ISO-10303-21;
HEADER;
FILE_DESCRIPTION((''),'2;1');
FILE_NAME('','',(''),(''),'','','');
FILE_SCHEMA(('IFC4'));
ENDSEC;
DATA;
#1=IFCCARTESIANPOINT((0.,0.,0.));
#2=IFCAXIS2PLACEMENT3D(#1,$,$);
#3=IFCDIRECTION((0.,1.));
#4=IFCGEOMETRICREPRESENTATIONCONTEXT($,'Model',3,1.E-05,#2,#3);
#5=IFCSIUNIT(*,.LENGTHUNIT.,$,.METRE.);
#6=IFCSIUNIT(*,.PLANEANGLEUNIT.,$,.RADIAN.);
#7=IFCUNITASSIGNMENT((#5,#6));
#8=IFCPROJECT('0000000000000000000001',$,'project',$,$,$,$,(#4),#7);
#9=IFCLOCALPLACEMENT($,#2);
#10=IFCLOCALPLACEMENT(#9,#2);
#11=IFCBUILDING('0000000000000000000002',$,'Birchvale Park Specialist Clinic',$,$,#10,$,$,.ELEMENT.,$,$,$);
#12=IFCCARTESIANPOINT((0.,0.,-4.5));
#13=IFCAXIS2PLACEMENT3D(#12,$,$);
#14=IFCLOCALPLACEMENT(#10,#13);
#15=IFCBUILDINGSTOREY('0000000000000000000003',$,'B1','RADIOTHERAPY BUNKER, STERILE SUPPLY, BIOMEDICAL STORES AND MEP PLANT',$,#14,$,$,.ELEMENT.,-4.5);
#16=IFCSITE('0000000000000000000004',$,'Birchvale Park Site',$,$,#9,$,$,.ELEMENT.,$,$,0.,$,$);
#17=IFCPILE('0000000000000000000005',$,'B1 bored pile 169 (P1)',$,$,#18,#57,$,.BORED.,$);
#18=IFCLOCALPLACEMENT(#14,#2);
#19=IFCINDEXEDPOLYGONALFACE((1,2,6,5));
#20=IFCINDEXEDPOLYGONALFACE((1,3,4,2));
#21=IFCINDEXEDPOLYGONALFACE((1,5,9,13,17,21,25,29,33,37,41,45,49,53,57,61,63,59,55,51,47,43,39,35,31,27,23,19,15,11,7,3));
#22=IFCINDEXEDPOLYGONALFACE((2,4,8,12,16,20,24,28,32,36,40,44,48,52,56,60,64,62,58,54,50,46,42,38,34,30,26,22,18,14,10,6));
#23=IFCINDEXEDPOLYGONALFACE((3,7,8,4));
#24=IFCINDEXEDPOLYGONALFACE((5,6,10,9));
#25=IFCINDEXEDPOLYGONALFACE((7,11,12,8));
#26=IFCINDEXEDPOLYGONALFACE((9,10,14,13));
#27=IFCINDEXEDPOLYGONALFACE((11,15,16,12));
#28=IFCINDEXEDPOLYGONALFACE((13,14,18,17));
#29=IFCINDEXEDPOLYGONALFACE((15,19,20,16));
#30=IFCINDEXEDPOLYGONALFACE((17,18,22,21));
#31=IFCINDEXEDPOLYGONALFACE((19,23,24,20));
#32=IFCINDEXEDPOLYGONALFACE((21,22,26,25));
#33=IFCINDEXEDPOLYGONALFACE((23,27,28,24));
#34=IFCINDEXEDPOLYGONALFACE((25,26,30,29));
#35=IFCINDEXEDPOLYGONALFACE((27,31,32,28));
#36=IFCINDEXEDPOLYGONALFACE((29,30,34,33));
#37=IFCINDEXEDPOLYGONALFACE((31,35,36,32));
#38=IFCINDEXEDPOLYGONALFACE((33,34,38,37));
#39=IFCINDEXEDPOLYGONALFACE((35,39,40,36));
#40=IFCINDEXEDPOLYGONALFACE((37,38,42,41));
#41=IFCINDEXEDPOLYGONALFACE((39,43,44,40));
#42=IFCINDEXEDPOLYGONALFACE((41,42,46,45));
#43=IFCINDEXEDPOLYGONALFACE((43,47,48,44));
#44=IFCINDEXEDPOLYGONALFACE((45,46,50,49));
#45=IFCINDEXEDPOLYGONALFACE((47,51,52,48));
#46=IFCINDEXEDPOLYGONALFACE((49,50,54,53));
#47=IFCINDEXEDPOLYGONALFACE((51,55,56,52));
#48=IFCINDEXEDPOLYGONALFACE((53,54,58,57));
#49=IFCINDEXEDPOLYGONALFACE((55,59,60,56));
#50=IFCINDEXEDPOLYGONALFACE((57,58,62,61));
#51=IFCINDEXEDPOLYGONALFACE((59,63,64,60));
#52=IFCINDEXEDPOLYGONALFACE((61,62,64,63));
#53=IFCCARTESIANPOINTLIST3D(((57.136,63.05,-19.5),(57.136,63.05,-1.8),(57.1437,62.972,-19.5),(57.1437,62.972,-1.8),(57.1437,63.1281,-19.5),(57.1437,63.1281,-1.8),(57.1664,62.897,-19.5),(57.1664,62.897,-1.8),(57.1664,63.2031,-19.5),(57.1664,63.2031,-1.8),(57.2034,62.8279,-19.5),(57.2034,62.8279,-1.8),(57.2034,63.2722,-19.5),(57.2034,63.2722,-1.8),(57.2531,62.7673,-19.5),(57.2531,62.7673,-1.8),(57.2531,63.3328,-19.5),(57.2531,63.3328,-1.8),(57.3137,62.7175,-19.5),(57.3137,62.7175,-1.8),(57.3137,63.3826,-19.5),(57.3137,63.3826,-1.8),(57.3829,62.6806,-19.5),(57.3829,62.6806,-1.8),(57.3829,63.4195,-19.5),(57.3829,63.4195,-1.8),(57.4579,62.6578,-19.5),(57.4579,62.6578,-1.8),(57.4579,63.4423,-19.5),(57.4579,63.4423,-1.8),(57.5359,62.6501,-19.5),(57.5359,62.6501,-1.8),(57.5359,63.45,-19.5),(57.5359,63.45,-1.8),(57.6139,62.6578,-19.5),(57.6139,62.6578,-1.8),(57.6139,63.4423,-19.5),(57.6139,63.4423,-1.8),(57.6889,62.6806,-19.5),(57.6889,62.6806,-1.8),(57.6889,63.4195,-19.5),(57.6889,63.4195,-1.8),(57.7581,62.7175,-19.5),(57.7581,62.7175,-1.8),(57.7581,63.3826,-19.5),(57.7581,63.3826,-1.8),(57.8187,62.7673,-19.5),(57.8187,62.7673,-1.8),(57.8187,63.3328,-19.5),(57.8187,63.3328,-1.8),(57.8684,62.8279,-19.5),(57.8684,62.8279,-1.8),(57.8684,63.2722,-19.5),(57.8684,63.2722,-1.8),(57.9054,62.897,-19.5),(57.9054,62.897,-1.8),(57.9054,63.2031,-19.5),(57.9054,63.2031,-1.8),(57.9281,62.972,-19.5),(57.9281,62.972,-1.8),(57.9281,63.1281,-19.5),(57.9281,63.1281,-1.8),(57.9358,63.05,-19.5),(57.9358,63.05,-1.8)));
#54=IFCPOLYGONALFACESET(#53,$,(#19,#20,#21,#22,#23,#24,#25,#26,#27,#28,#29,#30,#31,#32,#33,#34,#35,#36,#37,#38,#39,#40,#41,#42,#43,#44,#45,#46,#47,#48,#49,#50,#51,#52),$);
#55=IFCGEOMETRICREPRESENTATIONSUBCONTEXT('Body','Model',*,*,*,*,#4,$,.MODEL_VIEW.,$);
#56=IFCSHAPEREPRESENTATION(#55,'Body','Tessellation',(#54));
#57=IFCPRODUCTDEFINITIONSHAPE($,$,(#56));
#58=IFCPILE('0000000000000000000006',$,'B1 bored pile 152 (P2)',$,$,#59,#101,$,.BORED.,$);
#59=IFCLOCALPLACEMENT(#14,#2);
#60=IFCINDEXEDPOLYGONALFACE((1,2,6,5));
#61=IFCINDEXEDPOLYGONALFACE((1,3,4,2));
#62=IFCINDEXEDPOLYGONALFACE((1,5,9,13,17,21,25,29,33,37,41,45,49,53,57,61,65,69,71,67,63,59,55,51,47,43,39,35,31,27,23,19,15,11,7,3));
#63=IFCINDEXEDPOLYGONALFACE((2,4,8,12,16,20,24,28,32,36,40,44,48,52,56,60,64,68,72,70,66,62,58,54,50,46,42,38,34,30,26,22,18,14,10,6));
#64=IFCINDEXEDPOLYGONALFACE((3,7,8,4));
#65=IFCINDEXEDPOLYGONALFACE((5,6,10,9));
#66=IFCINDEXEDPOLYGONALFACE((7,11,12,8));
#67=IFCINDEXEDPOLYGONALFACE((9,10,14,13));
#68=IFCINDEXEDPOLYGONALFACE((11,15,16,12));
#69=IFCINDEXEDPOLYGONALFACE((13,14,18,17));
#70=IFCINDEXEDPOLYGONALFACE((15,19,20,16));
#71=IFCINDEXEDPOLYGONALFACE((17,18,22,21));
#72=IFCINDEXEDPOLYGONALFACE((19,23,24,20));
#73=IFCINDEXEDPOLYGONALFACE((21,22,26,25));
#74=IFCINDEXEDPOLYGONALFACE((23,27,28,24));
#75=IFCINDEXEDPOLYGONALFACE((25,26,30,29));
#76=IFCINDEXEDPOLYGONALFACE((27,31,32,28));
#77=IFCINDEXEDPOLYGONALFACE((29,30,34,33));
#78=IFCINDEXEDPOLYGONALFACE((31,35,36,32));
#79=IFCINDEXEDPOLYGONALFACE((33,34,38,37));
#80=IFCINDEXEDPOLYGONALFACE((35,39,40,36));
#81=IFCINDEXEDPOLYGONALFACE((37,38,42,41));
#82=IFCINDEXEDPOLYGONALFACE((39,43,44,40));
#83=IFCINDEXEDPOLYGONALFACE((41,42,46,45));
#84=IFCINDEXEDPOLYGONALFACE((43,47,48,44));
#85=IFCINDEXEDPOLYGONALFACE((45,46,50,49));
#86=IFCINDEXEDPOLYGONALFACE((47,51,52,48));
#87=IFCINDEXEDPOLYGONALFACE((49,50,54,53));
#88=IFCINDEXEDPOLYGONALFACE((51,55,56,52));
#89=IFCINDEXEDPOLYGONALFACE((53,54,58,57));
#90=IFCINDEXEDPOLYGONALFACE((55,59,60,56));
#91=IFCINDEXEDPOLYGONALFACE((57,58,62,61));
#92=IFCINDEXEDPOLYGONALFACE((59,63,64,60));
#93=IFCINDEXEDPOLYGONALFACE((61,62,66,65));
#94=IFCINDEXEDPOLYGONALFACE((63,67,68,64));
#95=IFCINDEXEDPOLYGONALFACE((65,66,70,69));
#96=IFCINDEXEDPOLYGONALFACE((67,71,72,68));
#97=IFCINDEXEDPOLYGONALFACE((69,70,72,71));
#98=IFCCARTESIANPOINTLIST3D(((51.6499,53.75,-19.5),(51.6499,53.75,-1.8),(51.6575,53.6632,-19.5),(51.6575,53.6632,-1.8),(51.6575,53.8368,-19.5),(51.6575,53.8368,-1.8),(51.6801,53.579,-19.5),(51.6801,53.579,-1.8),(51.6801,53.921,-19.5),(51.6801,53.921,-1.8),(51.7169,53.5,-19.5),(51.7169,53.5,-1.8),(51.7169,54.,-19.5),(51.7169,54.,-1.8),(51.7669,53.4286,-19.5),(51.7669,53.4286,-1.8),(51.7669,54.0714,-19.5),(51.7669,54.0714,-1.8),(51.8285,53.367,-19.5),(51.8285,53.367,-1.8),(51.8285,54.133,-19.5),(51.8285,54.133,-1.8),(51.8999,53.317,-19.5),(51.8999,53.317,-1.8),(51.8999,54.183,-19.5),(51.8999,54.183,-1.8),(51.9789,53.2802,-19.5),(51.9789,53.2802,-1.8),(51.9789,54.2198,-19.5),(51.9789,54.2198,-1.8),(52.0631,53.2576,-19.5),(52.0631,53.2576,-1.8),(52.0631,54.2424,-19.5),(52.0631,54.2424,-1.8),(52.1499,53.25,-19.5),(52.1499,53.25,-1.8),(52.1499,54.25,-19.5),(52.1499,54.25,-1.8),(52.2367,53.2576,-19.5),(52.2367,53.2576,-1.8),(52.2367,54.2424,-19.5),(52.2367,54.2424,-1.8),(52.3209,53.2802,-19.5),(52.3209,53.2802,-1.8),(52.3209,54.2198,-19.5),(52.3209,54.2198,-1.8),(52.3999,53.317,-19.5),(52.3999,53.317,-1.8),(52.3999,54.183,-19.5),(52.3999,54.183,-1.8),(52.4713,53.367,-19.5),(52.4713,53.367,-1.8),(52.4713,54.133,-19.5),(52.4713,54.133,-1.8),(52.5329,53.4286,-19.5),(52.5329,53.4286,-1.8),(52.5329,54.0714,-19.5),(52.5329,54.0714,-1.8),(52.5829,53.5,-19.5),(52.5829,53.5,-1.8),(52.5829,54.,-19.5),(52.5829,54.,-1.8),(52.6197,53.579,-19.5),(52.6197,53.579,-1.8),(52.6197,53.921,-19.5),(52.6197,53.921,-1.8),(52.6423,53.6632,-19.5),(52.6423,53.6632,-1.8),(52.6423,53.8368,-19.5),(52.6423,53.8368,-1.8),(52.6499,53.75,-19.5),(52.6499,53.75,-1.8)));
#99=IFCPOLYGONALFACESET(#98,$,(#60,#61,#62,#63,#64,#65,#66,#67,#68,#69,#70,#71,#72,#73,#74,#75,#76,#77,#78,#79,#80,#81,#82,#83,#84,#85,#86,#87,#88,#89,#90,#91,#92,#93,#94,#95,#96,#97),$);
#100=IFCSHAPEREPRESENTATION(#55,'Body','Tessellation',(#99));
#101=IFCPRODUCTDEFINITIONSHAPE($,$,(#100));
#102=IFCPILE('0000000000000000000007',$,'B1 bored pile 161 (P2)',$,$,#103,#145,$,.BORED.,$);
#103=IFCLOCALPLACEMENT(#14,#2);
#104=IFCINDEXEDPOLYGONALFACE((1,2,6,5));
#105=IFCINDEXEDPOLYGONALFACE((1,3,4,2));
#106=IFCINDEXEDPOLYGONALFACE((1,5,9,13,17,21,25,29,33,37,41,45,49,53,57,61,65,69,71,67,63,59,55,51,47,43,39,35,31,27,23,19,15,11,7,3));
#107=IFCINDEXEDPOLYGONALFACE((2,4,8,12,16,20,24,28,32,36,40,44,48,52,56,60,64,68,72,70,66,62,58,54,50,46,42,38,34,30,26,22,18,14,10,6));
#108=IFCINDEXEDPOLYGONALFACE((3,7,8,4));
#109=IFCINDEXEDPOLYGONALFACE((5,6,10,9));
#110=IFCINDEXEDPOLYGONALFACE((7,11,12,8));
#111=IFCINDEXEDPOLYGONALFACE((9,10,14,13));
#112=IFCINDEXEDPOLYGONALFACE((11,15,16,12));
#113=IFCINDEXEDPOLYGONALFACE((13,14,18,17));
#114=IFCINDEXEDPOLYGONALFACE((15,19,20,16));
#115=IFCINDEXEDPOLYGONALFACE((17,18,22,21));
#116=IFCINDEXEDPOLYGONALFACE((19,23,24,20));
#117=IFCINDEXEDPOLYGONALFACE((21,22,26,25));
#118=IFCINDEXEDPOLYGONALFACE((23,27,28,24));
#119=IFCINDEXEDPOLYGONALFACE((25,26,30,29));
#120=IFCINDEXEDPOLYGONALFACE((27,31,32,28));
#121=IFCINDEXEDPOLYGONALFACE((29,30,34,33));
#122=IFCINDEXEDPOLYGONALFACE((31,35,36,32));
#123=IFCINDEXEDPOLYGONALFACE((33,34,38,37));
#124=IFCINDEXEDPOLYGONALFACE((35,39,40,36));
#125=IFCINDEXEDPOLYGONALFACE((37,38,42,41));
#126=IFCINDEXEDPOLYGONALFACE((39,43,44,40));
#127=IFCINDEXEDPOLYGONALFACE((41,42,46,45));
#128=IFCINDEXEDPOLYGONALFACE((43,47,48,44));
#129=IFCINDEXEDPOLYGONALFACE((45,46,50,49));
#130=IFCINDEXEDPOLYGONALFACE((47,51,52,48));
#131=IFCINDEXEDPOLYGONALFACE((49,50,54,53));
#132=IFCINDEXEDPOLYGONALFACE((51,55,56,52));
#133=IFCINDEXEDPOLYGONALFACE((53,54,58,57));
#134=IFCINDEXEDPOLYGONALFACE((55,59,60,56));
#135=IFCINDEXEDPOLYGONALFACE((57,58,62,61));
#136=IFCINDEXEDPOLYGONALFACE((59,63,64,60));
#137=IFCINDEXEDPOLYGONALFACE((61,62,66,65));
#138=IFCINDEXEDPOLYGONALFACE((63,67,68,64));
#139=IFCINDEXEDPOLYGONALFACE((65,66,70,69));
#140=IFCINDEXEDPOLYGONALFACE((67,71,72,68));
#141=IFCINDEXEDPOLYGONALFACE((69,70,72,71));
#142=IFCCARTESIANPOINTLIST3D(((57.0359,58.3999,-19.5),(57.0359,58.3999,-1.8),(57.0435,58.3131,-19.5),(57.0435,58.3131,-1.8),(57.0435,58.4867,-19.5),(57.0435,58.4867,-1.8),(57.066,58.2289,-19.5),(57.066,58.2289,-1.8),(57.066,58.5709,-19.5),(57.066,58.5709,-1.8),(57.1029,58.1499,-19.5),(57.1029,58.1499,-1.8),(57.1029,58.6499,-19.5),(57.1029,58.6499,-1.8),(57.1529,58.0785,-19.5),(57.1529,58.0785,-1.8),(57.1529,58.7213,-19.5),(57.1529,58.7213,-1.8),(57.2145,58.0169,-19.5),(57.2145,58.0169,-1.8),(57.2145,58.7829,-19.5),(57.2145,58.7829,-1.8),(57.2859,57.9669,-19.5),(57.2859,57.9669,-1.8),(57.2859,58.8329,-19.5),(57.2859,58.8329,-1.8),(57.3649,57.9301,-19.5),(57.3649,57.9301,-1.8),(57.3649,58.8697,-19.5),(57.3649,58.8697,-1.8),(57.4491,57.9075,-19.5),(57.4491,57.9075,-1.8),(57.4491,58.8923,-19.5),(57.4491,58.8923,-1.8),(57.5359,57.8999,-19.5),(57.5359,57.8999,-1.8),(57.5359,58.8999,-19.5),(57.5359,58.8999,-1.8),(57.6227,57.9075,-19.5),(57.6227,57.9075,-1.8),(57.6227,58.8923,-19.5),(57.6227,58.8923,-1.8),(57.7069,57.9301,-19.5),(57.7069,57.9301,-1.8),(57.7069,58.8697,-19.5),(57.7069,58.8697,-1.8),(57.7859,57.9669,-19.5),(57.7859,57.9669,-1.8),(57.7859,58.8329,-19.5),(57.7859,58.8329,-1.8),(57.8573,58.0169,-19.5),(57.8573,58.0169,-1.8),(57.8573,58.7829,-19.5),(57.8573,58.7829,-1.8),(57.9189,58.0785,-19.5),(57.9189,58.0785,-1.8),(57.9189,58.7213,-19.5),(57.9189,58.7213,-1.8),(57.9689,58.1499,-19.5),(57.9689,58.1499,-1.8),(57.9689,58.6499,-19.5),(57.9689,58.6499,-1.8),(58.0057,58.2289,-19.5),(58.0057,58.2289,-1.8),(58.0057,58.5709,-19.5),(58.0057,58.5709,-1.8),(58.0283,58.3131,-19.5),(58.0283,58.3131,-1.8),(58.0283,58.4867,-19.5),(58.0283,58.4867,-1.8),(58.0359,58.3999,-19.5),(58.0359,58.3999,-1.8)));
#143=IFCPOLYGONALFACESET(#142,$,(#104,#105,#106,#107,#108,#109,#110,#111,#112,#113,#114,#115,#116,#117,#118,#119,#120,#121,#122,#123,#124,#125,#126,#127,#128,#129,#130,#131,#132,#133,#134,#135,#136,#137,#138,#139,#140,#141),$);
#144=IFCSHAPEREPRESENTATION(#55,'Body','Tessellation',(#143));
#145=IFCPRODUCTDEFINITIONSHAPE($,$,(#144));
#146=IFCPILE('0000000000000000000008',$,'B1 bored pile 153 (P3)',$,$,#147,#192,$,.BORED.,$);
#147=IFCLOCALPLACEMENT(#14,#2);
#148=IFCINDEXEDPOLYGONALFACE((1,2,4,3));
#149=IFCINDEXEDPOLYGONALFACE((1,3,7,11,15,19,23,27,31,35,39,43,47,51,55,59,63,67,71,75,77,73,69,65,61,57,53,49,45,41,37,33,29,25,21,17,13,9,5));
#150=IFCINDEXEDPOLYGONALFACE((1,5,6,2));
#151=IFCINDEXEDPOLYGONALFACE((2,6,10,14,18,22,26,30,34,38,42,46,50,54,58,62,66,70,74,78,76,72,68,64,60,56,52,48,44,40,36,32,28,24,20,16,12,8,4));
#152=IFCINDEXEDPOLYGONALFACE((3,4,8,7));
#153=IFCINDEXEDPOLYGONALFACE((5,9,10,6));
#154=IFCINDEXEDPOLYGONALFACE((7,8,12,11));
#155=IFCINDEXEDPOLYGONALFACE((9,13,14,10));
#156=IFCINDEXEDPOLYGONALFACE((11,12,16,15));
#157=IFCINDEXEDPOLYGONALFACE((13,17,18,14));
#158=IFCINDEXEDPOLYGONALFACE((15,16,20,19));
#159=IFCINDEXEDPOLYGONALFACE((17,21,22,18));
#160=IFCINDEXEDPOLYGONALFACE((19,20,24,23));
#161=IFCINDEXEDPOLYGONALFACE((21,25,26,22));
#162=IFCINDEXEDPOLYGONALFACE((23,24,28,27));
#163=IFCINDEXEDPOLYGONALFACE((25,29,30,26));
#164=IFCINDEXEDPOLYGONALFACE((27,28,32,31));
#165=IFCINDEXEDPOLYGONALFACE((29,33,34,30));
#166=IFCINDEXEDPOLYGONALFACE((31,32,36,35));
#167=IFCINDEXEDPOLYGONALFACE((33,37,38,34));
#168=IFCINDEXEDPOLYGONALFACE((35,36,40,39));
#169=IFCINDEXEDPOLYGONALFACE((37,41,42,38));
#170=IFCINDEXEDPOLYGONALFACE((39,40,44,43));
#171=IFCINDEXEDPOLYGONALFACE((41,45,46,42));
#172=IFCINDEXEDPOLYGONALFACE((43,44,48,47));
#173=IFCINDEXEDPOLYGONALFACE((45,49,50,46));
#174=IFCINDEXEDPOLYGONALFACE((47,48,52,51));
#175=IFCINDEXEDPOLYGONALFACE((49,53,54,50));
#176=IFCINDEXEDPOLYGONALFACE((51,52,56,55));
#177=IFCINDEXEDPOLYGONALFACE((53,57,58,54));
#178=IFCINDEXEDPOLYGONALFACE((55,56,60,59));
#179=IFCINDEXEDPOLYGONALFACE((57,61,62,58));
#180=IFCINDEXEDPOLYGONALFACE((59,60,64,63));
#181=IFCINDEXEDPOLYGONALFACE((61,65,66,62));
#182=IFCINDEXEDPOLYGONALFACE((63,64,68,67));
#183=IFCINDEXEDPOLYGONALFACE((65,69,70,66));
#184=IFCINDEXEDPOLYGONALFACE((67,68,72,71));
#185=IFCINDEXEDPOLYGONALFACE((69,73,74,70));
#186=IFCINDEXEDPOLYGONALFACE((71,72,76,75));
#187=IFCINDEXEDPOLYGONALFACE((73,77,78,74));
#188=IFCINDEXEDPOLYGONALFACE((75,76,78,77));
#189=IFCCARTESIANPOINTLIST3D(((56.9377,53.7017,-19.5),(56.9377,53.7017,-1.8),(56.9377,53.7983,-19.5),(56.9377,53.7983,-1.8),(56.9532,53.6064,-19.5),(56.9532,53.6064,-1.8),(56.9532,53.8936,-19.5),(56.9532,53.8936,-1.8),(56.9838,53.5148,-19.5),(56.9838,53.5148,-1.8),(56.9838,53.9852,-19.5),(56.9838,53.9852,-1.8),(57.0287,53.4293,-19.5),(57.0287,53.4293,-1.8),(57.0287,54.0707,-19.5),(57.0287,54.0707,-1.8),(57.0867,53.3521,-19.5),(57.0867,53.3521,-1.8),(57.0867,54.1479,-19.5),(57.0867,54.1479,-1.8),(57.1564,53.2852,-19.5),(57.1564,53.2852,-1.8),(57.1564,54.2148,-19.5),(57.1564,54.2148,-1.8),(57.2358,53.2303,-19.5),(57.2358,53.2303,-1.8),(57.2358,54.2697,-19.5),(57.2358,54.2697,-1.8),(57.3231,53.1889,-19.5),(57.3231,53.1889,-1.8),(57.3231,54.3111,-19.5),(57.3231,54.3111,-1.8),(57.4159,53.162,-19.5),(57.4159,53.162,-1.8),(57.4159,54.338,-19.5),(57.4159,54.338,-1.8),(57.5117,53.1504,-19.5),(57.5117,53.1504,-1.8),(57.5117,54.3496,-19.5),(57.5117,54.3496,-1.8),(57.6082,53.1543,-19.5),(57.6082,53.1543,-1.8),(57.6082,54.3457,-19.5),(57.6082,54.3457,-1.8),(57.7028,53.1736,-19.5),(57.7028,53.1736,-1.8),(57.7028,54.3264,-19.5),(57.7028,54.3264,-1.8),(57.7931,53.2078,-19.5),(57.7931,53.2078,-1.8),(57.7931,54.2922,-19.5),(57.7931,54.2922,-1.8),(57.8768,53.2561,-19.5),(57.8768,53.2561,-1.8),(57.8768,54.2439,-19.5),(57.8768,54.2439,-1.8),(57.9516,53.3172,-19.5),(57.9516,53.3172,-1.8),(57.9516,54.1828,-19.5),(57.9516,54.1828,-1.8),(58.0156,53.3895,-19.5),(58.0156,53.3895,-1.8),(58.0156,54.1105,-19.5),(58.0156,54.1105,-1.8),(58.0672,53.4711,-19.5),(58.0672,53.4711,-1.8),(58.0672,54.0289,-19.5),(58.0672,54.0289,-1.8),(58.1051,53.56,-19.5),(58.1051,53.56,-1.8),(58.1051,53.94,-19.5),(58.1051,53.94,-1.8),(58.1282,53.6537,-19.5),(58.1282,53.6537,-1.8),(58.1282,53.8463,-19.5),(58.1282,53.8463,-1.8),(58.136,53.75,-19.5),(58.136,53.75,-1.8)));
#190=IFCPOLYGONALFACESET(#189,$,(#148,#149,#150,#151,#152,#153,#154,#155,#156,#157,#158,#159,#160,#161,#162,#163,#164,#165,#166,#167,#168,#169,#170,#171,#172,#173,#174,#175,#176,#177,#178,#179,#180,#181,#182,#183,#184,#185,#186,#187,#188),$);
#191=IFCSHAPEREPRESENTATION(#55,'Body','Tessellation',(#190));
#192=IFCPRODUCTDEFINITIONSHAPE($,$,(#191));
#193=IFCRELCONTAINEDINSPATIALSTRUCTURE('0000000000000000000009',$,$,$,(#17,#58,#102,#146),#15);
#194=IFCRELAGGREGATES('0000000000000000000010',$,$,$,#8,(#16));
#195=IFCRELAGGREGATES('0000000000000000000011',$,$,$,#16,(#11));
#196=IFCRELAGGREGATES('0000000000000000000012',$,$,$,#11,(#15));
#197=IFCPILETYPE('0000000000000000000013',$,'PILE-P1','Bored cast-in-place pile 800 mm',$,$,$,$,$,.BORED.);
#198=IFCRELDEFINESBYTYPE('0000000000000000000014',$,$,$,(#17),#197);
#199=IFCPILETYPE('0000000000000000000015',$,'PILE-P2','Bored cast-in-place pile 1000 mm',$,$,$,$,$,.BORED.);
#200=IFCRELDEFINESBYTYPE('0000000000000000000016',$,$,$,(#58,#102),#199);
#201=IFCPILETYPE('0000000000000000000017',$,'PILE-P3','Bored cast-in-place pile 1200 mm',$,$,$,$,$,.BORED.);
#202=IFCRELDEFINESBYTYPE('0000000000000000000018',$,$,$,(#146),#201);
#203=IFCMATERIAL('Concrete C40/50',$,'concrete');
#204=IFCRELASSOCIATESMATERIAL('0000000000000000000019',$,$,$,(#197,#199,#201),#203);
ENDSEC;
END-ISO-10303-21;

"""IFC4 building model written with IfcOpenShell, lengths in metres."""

from ifc_helpers import new_model, si_unit, direction, frame, origin, origin_2d, place, context, subcontext, project, spatial, circle, extrude, material, material_profile, profile_set, type_object, element, save


model = new_model("IFC4")

# Units and contexts
model_context = context("Model", 3, precision=1e-05, world=origin(), true_north=direction((0.0, 1.0)))
body_context = subcontext(model_context, "Body", "Model", "MODEL_VIEW")
ifc_project = project(units=[si_unit("LENGTHUNIT", "METRE"), si_unit("PLANEANGLEUNIT", "RADIAN")], contexts=[model_context])

# Site, building, storey
site_placement = place(None, origin())
site = spatial("IfcSite", under=ifc_project, at=site_placement, Name="Birchvale Park Site", CompositionType="ELEMENT", RefElevation=0.0)
building_placement = place(site_placement, origin())
building = spatial("IfcBuilding", under=site, at=building_placement, Name="Birchvale Park Specialist Clinic", CompositionType="ELEMENT")
storey_placement = place(building_placement, frame((0.0, 0.0, -4.5)))
storey = spatial("IfcBuildingStorey", under=building, at=storey_placement, Name="B1", Description="RADIOTHERAPY BUNKER, STERILE SUPPLY, BIOMEDICAL STORES AND MEP PLANT", CompositionType="ELEMENT", Elevation=-4.5)

# Shared definitions
ifc_material = material(Name="Concrete C40/50", Category="concrete")

# Piles
ifc_material_profile_1 = material_profile(ifc_material, circle(Radius=0.3999, at=origin_2d()), Name="PILE-800")
ifc_profile_set_1 = profile_set([ifc_material_profile_1], Name="Concrete C40/50")
pile_type_1 = type_object("IfcPileType", Name="PILE-P1", Description="Bored cast-in-place pile 800 mm", PredefinedType="BORED", material=ifc_profile_set_1)
for number, where, z_axis, x_axis, name in (
    (1, (57.5359, 63.05, -1.8), (0.0, 0.0, -1.0), (1.0, 0.0, 0.0), "B1 bored pile 169 (P1)"),
):
    element("IfcPile", number, at=place(storey_placement, frame(where, z_axis=z_axis, x_axis=x_axis)), inside=storey, type_object=pile_type_1, Name=name, PredefinedType="BORED", context=body_context, shape_type="SweptSolid", body=[
        extrude(circle(Radius=0.3999, at=origin_2d()), origin(), (0.0, 0.0, 1.0), 17.7),
    ])
ifc_material_profile_2 = material_profile(ifc_material, circle(Radius=0.5, at=origin_2d()), Name="PILE-1000")
ifc_profile_set_2 = profile_set([ifc_material_profile_2], Name="Concrete C40/50")
pile_type_2 = type_object("IfcPileType", Name="PILE-P2", Description="Bored cast-in-place pile 1000 mm", PredefinedType="BORED", material=ifc_profile_set_2)
for number, where, z_axis, x_axis, name in (
    (2, (52.1499, 53.75, -1.8), (0.0, 0.0, -1.0), (1.0, 0.0, 0.0), "B1 bored pile 152 (P2)"),
    (3, (57.5359, 58.3999, -1.8), (0.0, 0.0, -1.0), (1.0, 0.0, 0.0), "B1 bored pile 161 (P2)"),
):
    element("IfcPile", number, at=place(storey_placement, frame(where, z_axis=z_axis, x_axis=x_axis)), inside=storey, type_object=pile_type_2, Name=name, PredefinedType="BORED", context=body_context, shape_type="SweptSolid", body=[
        extrude(circle(Radius=0.5, at=origin_2d()), origin(), (0.0, 0.0, 1.0), 17.7),
    ])
ifc_material_profile_3 = material_profile(ifc_material, circle(Radius=0.6001, at=origin_2d()), Name="PILE-1200")
ifc_profile_set_3 = profile_set([ifc_material_profile_3], Name="Concrete C40/50")
pile_type_3 = type_object("IfcPileType", Name="PILE-P3", Description="Bored cast-in-place pile 1200 mm", PredefinedType="BORED", material=ifc_profile_set_3)
for number, where, z_axis, x_axis, name in (
    (4, (57.5359, 53.75, -1.8), (0.0, 0.0, -1.0), (1.0, 0.0, 0.0), "B1 bored pile 153 (P3)"),
):
    element("IfcPile", number, at=place(storey_placement, frame(where, z_axis=z_axis, x_axis=x_axis)), inside=storey, type_object=pile_type_3, Name=name, PredefinedType="BORED", context=body_context, shape_type="SweptSolid", body=[
        extrude(circle(Radius=0.6001, at=origin_2d()), origin(), (0.0, 0.0, 1.0), 17.7),
    ])

save(model, "model.ifc")
